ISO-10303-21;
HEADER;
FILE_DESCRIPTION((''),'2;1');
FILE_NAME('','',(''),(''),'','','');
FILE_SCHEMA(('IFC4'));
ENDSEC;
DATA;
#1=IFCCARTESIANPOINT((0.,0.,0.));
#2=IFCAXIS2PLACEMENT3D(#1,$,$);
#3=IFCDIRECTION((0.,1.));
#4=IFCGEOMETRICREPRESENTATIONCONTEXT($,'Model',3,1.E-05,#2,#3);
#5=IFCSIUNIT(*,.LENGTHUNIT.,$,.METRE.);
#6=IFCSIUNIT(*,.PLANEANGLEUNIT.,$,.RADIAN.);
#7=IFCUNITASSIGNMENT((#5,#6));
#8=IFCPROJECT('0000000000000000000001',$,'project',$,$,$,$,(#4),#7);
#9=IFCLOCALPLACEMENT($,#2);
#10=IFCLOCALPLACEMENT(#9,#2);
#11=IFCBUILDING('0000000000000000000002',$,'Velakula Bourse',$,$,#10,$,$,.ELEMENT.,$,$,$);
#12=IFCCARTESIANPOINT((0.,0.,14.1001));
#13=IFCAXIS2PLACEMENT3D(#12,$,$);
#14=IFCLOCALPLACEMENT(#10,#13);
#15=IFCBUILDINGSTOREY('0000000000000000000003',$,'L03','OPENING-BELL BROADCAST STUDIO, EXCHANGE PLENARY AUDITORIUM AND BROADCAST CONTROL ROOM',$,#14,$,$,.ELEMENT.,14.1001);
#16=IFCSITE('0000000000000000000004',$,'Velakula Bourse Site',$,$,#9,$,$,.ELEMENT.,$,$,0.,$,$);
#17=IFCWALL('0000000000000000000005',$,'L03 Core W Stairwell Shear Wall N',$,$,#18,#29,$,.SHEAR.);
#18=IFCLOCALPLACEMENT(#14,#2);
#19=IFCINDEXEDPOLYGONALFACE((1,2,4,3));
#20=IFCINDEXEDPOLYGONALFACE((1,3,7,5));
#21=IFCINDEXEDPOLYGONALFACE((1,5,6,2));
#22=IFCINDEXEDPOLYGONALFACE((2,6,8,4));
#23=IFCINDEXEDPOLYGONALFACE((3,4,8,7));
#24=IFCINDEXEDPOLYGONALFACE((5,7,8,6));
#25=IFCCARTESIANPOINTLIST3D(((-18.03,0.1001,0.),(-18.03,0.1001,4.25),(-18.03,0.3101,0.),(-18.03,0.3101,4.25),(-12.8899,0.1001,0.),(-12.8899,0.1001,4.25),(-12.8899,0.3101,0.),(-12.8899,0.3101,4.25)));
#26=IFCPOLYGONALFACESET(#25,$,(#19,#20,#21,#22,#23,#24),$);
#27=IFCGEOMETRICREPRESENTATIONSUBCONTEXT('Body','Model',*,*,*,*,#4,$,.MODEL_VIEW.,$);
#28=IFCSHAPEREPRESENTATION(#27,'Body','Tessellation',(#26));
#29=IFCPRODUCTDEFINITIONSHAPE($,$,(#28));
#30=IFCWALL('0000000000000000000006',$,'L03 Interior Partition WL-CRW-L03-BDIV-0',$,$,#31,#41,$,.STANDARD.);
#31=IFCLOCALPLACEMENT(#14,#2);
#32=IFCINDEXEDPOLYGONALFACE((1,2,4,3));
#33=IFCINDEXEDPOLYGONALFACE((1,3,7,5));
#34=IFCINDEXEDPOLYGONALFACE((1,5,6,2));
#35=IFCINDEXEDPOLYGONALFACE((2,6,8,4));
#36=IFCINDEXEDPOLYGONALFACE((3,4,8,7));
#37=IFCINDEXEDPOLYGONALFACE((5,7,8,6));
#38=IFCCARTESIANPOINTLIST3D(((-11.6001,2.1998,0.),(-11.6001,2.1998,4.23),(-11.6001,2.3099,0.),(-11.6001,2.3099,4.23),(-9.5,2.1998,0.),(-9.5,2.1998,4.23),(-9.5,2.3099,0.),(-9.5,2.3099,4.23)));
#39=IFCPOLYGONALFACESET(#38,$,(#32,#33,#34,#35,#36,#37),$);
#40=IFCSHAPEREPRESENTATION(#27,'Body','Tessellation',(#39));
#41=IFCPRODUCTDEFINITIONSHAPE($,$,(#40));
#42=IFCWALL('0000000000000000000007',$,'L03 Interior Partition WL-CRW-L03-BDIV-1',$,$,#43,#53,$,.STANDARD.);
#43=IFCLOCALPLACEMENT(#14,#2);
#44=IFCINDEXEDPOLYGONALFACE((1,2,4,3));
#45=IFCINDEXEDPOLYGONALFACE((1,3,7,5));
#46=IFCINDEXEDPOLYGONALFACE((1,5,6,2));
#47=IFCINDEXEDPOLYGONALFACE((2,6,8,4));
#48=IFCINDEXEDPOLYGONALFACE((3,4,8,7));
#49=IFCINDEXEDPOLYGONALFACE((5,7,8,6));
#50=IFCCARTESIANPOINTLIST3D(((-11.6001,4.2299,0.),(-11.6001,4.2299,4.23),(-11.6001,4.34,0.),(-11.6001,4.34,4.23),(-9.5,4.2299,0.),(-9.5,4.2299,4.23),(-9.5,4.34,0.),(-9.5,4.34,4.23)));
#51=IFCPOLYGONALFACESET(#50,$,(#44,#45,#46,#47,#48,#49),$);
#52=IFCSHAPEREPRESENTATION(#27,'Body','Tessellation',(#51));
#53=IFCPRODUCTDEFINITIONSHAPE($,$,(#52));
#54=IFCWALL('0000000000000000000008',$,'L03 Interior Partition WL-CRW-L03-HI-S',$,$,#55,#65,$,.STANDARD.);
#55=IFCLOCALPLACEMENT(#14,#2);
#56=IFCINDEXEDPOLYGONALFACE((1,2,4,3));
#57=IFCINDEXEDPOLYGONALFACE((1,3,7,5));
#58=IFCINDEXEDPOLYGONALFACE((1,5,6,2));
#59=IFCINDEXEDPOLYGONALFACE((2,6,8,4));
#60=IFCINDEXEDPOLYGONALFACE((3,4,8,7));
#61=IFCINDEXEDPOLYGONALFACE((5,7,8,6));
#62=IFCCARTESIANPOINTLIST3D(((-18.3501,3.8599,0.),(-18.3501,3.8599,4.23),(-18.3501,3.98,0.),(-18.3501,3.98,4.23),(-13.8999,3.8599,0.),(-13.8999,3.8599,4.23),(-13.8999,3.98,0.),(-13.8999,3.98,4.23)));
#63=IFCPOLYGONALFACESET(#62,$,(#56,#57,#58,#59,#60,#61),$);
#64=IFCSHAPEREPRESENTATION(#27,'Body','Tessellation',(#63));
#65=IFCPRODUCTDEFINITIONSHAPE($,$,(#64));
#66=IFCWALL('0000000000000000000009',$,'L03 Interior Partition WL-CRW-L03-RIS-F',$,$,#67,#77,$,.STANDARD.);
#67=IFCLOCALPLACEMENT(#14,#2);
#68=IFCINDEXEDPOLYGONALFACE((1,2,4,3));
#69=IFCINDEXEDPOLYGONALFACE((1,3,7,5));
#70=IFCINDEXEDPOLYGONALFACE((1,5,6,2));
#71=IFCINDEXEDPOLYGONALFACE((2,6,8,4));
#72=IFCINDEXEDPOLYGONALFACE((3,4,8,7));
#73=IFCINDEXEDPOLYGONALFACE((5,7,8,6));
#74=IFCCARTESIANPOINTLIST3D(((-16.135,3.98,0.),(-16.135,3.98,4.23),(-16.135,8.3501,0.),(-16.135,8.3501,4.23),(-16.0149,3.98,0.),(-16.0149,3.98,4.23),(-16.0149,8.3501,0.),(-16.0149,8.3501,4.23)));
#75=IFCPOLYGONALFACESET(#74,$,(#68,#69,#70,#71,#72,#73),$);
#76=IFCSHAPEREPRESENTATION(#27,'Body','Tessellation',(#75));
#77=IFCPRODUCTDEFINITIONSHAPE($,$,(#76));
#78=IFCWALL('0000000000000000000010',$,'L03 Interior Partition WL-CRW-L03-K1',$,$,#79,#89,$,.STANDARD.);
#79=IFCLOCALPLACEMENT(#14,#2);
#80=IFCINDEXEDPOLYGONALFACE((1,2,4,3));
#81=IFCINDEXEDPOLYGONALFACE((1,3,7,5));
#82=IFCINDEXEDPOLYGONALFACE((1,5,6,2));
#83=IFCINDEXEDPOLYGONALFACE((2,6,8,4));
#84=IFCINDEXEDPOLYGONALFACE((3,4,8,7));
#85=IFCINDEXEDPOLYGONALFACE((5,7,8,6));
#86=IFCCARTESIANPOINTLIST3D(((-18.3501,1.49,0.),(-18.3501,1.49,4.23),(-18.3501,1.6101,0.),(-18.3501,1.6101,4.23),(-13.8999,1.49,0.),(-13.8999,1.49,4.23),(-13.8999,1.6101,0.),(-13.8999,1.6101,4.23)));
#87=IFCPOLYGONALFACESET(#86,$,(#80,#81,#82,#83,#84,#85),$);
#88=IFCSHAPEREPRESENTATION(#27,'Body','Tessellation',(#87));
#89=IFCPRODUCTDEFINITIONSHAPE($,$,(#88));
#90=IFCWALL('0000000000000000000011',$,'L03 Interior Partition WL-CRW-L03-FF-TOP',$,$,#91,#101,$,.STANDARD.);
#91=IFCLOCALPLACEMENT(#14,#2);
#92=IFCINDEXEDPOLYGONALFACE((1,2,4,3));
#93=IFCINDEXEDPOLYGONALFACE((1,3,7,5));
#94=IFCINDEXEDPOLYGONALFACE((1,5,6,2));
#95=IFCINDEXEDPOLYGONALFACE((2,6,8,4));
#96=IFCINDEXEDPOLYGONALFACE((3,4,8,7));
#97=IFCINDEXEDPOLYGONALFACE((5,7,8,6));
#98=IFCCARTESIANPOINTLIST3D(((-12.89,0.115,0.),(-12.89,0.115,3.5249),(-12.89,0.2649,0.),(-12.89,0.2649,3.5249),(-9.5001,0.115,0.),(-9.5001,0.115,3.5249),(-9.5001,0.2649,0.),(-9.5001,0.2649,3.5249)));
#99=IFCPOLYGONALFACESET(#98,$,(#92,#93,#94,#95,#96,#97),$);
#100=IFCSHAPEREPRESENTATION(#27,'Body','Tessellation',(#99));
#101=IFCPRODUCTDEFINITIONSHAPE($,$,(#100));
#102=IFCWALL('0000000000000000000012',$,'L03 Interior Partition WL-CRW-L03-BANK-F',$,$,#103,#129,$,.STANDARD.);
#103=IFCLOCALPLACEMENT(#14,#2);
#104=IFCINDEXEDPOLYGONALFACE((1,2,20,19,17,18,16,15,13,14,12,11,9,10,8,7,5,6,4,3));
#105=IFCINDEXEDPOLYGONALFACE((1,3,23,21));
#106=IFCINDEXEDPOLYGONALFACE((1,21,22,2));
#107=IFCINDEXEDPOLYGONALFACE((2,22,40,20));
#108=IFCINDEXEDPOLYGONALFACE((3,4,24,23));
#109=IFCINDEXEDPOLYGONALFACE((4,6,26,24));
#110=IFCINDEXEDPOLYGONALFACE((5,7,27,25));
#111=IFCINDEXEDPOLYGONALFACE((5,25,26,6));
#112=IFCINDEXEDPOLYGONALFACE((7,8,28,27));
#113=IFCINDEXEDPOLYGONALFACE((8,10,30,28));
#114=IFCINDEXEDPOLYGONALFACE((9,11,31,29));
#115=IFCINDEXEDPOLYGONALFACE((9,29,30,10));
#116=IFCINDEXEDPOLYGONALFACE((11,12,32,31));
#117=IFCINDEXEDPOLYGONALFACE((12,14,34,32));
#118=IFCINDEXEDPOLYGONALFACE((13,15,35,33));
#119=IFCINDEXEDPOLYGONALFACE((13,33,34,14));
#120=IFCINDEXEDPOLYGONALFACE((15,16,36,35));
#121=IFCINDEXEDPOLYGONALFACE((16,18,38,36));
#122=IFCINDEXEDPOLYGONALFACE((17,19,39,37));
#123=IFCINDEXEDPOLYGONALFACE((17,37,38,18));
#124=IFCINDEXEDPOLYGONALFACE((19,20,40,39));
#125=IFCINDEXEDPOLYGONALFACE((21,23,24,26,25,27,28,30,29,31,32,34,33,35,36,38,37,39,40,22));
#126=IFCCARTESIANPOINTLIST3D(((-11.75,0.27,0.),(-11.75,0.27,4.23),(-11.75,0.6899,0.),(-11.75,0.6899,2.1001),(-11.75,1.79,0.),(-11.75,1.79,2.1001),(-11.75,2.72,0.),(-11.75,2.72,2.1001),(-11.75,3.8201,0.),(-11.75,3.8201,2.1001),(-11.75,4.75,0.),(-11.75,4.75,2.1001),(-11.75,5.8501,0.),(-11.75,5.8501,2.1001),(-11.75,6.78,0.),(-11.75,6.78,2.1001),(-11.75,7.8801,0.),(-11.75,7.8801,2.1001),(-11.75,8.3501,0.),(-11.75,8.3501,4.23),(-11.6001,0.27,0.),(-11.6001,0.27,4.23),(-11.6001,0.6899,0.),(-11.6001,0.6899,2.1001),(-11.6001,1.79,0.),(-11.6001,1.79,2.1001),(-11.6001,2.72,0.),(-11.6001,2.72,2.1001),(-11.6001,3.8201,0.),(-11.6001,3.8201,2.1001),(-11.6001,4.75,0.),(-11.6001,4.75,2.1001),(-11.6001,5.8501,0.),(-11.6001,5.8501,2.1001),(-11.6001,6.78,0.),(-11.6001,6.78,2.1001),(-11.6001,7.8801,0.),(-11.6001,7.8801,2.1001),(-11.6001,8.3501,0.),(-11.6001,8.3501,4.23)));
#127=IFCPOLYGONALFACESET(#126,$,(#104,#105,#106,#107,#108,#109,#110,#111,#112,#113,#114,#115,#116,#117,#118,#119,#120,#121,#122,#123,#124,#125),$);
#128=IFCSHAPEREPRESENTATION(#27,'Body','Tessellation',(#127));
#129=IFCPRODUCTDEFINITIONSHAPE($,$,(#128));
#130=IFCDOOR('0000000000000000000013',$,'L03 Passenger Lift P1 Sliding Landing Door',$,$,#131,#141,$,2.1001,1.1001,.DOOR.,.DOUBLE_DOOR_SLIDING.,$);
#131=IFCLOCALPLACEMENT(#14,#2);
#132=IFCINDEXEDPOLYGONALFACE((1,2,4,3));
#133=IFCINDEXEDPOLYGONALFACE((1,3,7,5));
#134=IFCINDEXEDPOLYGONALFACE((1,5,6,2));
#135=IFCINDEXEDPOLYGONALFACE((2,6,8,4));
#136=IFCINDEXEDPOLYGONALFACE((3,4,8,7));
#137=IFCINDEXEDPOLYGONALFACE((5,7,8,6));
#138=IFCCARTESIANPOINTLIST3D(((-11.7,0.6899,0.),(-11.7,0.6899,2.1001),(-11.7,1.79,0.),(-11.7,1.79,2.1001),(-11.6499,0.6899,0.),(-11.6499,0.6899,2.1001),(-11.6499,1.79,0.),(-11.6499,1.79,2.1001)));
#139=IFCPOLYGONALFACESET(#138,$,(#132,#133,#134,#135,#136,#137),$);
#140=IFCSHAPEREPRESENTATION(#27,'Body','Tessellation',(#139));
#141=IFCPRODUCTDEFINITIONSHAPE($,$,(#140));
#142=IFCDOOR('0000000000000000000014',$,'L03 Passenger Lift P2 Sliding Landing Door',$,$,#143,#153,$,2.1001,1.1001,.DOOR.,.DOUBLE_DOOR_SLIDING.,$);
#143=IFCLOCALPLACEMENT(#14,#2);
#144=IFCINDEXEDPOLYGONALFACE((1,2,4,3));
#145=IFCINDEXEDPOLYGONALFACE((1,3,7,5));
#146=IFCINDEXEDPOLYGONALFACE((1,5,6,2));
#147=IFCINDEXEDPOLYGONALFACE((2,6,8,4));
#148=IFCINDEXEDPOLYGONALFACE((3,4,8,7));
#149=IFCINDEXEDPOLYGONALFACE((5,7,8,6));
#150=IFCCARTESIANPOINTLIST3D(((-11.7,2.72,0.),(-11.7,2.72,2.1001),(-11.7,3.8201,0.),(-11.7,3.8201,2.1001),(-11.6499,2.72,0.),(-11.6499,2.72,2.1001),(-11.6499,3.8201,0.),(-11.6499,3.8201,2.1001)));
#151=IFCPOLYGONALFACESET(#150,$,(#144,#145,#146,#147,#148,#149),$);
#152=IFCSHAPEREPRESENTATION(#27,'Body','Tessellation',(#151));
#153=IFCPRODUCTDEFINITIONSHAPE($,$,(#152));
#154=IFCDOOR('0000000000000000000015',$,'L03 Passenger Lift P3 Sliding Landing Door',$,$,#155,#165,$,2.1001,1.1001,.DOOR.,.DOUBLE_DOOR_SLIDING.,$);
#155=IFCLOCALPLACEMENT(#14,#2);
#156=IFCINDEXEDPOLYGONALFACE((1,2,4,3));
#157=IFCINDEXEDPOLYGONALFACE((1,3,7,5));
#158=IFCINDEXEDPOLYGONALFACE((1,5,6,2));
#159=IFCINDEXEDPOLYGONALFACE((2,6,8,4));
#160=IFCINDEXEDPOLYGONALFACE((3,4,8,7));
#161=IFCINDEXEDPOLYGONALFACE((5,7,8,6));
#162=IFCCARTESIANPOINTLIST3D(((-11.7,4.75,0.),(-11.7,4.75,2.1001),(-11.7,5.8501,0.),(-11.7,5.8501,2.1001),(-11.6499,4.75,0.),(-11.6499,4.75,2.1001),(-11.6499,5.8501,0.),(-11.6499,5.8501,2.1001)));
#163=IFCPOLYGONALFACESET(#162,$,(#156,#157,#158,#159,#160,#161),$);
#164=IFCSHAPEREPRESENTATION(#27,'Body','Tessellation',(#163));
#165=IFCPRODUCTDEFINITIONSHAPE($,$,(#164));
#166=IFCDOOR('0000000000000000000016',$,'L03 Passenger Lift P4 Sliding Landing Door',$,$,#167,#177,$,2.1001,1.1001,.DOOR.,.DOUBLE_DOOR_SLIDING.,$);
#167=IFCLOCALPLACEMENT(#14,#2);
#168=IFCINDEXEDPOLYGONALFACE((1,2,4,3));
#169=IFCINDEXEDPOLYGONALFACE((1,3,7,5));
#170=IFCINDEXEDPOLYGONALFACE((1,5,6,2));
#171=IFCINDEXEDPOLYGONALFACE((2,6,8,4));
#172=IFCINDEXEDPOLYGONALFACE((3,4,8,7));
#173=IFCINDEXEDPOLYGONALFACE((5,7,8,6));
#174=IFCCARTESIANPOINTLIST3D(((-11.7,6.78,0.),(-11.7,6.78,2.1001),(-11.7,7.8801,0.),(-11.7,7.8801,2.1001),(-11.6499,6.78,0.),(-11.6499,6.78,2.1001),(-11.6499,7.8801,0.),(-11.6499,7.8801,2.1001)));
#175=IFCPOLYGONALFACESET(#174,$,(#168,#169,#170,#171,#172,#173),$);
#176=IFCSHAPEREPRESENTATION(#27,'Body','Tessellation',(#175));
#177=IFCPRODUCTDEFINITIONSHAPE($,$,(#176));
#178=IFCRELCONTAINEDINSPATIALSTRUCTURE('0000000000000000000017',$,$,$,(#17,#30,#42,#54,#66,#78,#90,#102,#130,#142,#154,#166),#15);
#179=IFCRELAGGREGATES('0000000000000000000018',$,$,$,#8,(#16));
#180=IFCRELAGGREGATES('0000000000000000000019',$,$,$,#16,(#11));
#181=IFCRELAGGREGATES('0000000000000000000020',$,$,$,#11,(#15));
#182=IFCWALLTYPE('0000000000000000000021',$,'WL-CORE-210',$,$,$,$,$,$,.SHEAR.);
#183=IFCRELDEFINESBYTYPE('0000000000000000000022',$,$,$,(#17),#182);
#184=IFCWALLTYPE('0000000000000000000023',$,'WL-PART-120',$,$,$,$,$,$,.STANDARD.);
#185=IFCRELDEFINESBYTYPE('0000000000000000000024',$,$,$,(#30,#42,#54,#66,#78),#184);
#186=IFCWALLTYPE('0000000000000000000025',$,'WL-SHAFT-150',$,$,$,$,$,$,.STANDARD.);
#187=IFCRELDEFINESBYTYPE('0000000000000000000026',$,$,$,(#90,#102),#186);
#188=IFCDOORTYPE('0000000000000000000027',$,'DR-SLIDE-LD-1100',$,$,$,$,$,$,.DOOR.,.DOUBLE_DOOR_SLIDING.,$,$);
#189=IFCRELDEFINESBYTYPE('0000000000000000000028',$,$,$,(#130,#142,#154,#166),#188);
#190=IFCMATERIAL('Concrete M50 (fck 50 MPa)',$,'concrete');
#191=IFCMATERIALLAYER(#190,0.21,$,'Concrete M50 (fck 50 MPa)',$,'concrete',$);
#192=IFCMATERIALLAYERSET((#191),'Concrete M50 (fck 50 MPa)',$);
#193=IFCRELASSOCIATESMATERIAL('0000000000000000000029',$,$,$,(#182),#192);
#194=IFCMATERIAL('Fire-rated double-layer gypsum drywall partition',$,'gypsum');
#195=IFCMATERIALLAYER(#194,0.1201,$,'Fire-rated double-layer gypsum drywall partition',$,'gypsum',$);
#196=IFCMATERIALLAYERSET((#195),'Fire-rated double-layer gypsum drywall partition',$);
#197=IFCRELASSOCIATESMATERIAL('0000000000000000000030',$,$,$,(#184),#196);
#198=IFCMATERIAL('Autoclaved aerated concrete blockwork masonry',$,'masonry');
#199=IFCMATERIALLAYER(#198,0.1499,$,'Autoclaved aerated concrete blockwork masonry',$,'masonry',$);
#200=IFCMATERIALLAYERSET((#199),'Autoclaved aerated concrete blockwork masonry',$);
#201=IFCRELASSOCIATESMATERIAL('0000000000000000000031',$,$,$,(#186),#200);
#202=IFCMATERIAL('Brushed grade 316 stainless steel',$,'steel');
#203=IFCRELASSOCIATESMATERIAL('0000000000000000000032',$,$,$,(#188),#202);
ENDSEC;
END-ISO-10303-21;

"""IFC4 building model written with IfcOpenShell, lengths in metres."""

from ifc_helpers import new_model, si_unit, direction, frame, frame_2d, origin, place, context, subcontext, project, spatial, rectangle, extrude, material, layer, layer_set, type_object, element, fill, save


model = new_model("IFC4")

# Units and contexts
model_context = context("Model", 3, precision=1e-05, world=origin(), true_north=direction((0.0, 1.0)))
body_context = subcontext(model_context, "Body", "Model", "MODEL_VIEW")
ifc_project = project(units=[si_unit("LENGTHUNIT", "METRE"), si_unit("PLANEANGLEUNIT", "RADIAN")], contexts=[model_context])

# Site, building, storey
site_placement = place(None, origin())
site = spatial("IfcSite", under=ifc_project, at=site_placement, Name="Velakula Bourse Site", CompositionType="ELEMENT", RefElevation=0.0)
building_placement = place(site_placement, origin())
building = spatial("IfcBuilding", under=site, at=building_placement, Name="Velakula Bourse", CompositionType="ELEMENT")
storey_placement = place(building_placement, frame((0.0, 0.0, 14.1001)))
storey = spatial("IfcBuildingStorey", under=building, at=storey_placement, Name="L03", Description="OPENING-BELL BROADCAST STUDIO, EXCHANGE PLENARY AUDITORIUM AND BROADCAST CONTROL ROOM", CompositionType="ELEMENT", Elevation=14.1001)

# Shared definitions
ifc_material_1 = material(Name="Concrete M50 (fck 50 MPa)", Category="concrete")

# Walls
ifc_layer_1 = layer(ifc_material_1, 0.21, Name="Concrete M50 (fck 50 MPa)", Category="concrete")
ifc_layer_set_1 = layer_set([ifc_layer_1], Name="Concrete M50 (fck 50 MPa)")
wall_type_1 = type_object("IfcWallType", Name="WL-CORE-210", PredefinedType="SHEAR", material=ifc_layer_set_1)
wall_1_placement = place(storey_placement, frame((-12.8899, 0.2051, 0.0), z_axis=(0.0, 0.0, 1.0), x_axis=(-1.0, 0.0, 0.0)))
element("IfcWall", 1, at=wall_1_placement, inside=storey, type_object=wall_type_1, Name="L03 Core W Stairwell Shear Wall N", PredefinedType="SHEAR", context=body_context, shape_type="SweptSolid", body=[
    extrude(rectangle(XDim=5.1401, YDim=0.21, at=frame_2d((2.5701, 0.0))), origin(), (0.0, 0.0, 1.0), 4.25),
])
ifc_material_2 = material(Name="Fire-rated double-layer gypsum drywall partition", Category="gypsum")
ifc_layer_2 = layer(ifc_material_2, 0.1201, Name="Fire-rated double-layer gypsum drywall partition", Category="gypsum")
ifc_layer_set_2 = layer_set([ifc_layer_2], Name="Fire-rated double-layer gypsum drywall partition")
wall_type_2 = type_object("IfcWallType", Name="WL-PART-120", PredefinedType="STANDARD", material=ifc_layer_set_2)
for number, where, z_axis, x_axis, name in (
    (2, (-11.6001, 2.2549, 0.0), (0.0, 0.0, 1.0), (1.0, 0.0, 0.0), "L03 Interior Partition WL-CRW-L03-BDIV-0"),
    (3, (-11.6001, 4.2849, 0.0), (0.0, 0.0, 1.0), (1.0, 0.0, 0.0), "L03 Interior Partition WL-CRW-L03-BDIV-1"),
):
    element("IfcWall", number, at=place(storey_placement, frame(where, z_axis=z_axis, x_axis=x_axis)), inside=storey, type_object=wall_type_2, Name=name, PredefinedType="STANDARD", context=body_context, shape_type="SweptSolid", body=[
        extrude(rectangle(XDim=2.1001, YDim=0.1101, at=frame_2d((1.05, 0.0))), origin(), (0.0, 0.0, 1.0), 4.23),
    ])
wall_2_placement = place(storey_placement, frame((-18.3501, 3.9199, 0.0), z_axis=(0.0, 0.0, 1.0), x_axis=(1.0, 0.0, 0.0)))
element("IfcWall", 4, at=wall_2_placement, inside=storey, type_object=wall_type_2, Name="L03 Interior Partition WL-CRW-L03-HI-S", PredefinedType="STANDARD", context=body_context, shape_type="SweptSolid", body=[
    extrude(rectangle(XDim=4.4502, YDim=0.1201, at=frame_2d((2.2251, 0.0))), origin(), (0.0, 0.0, 1.0), 4.23),
])
wall_3_placement = place(storey_placement, frame((-16.075, 3.98, 0.0), z_axis=(0.0, 0.0, 1.0), x_axis=(0.0, 1.0, 0.0)))
element("IfcWall", 5, at=wall_3_placement, inside=storey, type_object=wall_type_2, Name="L03 Interior Partition WL-CRW-L03-RIS-F", PredefinedType="STANDARD", context=body_context, shape_type="SweptSolid", body=[
    extrude(rectangle(XDim=4.3701, YDim=0.1201, at=frame_2d((2.1851, 0.0))), origin(), (0.0, 0.0, 1.0), 4.23),
])
wall_4_placement = place(storey_placement, frame((-18.3501, 1.55, 0.0), z_axis=(0.0, 0.0, 1.0), x_axis=(1.0, 0.0, 0.0)))
element("IfcWall", 6, at=wall_4_placement, inside=storey, type_object=wall_type_2, Name="L03 Interior Partition WL-CRW-L03-K1", PredefinedType="STANDARD", context=body_context, shape_type="SweptSolid", body=[
    extrude(rectangle(XDim=4.4502, YDim=0.1201, at=frame_2d((2.2251, 0.0))), origin(), (0.0, 0.0, 1.0), 4.23),
])
ifc_material_3 = material(Name="Autoclaved aerated concrete blockwork masonry", Category="masonry")
ifc_layer_3 = layer(ifc_material_3, 0.1499, Name="Autoclaved aerated concrete blockwork masonry", Category="masonry")
ifc_layer_set_3 = layer_set([ifc_layer_3], Name="Autoclaved aerated concrete blockwork masonry")
wall_type_3 = type_object("IfcWallType", Name="WL-SHAFT-150", PredefinedType="STANDARD", material=ifc_layer_set_3)
wall_5_placement = place(storey_placement, frame((-12.8899, 0.1899, 0.0), z_axis=(0.0, 0.0, 1.0), x_axis=(1.0, 0.0, 0.0)))
element("IfcWall", 7, at=wall_5_placement, inside=storey, type_object=wall_type_3, Name="L03 Interior Partition WL-CRW-L03-FF-TOP", PredefinedType="STANDARD", context=body_context, shape_type="SweptSolid", body=[
    extrude(rectangle(XDim=3.3899, YDim=0.1499, at=frame_2d((1.6948, 0.0))), origin(), (0.0, 0.0, 1.0), 3.5249),
])

# Wall, openings, doors
wall_6_placement = place(storey_placement, frame((-11.675, 0.27, 0.0), z_axis=(0.0, 0.0, 1.0), x_axis=(0.0, 1.0, 0.0)))
wall_6 = element("IfcWall", 8, at=wall_6_placement, inside=storey, type_object=wall_type_3, Name="L03 Interior Partition WL-CRW-L03-BANK-F", PredefinedType="STANDARD", context=body_context, shape_type="SweptSolid", body=[
    extrude(rectangle(XDim=8.0801, YDim=0.1499, at=frame_2d((4.04, 0.0))), origin(), (0.0, 0.0, 1.0), 4.23),
])
opening_1_placement = place(wall_6_placement, frame((0.4199, 0.0, 0.0)))
opening_1 = element("IfcOpeningElement", 9, at=opening_1_placement, cuts=wall_6, PredefinedType="OPENING", context=body_context, shape_type="SweptSolid", body=[
    extrude(rectangle(XDim=1.1001, YDim=2.1001, at=frame_2d((0.55, 1.05))), frame((0.0, 0.085, 0.0), z_axis=(0.0, -1.0, 0.0), x_axis=(1.0, 0.0, 0.0)), (0.0, 0.0, 1.0), 0.1699),
])
opening_2_placement = place(wall_6_placement, frame((2.45, 0.0, 0.0)))
opening_2 = element("IfcOpeningElement", 10, at=opening_2_placement, cuts=wall_6, PredefinedType="OPENING", context=body_context, shape_type="SweptSolid", body=[
    extrude(rectangle(XDim=1.1001, YDim=2.1001, at=frame_2d((0.55, 1.05))), frame((0.0, 0.085, 0.0), z_axis=(0.0, -1.0, 0.0), x_axis=(1.0, 0.0, 0.0)), (0.0, 0.0, 1.0), 0.1699),
])
opening_3_placement = place(wall_6_placement, frame((4.48, 0.0, 0.0)))
opening_3 = element("IfcOpeningElement", 11, at=opening_3_placement, cuts=wall_6, PredefinedType="OPENING", context=body_context, shape_type="SweptSolid", body=[
    extrude(rectangle(XDim=1.1001, YDim=2.1001, at=frame_2d((0.55, 1.05))), frame((0.0, 0.085, 0.0), z_axis=(0.0, -1.0, 0.0), x_axis=(1.0, 0.0, 0.0)), (0.0, 0.0, 1.0), 0.1699),
])
opening_4_placement = place(wall_6_placement, frame((6.51, 0.0, 0.0)))
opening_4 = element("IfcOpeningElement", 12, at=opening_4_placement, cuts=wall_6, PredefinedType="OPENING", context=body_context, shape_type="SweptSolid", body=[
    extrude(rectangle(XDim=1.1001, YDim=2.1001, at=frame_2d((0.55, 1.05))), frame((0.0, 0.085, 0.0), z_axis=(0.0, -1.0, 0.0), x_axis=(1.0, 0.0, 0.0)), (0.0, 0.0, 1.0), 0.1699),
])
ifc_material_4 = material(Name="Brushed grade 316 stainless steel", Category="steel")
door_type_1 = type_object("IfcDoorType", Name="DR-SLIDE-LD-1100", OperationType="DOUBLE_DOOR_SLIDING", PredefinedType="DOOR", material=ifc_material_4)
door_1_placement = place(opening_1_placement, origin())
door_1 = element("IfcDoor", 13, at=door_1_placement, inside=storey, type_object=door_type_1, Name="L03 Passenger Lift P1 Sliding Landing Door", OperationType="DOUBLE_DOOR_SLIDING", OverallHeight=2.1001, OverallWidth=1.1001, PredefinedType="DOOR", context=body_context, shape_type="SweptSolid", body=[
    extrude(rectangle(XDim=1.1001, YDim=2.1001, at=frame_2d((0.55, 1.05))), frame((0.0, 0.0249, 0.0), z_axis=(0.0, -1.0, 0.0), x_axis=(1.0, 0.0, 0.0)), (0.0, 0.0, 1.0), 0.05),
])
fill(opening_1, door_1)
door_2_placement = place(opening_2_placement, origin())
door_2 = element("IfcDoor", 14, at=door_2_placement, inside=storey, type_object=door_type_1, Name="L03 Passenger Lift P2 Sliding Landing Door", OperationType="DOUBLE_DOOR_SLIDING", OverallHeight=2.1001, OverallWidth=1.1001, PredefinedType="DOOR", context=body_context, shape_type="SweptSolid", body=[
    extrude(rectangle(XDim=1.1001, YDim=2.1001, at=frame_2d((0.55, 1.05))), frame((0.0, 0.0249, 0.0), z_axis=(0.0, -1.0, 0.0), x_axis=(1.0, 0.0, 0.0)), (0.0, 0.0, 1.0), 0.05),
])
fill(opening_2, door_2)
door_3_placement = place(opening_3_placement, origin())
door_3 = element("IfcDoor", 15, at=door_3_placement, inside=storey, type_object=door_type_1, Name="L03 Passenger Lift P3 Sliding Landing Door", OperationType="DOUBLE_DOOR_SLIDING", OverallHeight=2.1001, OverallWidth=1.1001, PredefinedType="DOOR", context=body_context, shape_type="SweptSolid", body=[
    extrude(rectangle(XDim=1.1001, YDim=2.1001, at=frame_2d((0.55, 1.05))), frame((0.0, 0.0249, 0.0), z_axis=(0.0, -1.0, 0.0), x_axis=(1.0, 0.0, 0.0)), (0.0, 0.0, 1.0), 0.05),
])
fill(opening_3, door_3)
door_4_placement = place(opening_4_placement, origin())
door_4 = element("IfcDoor", 16, at=door_4_placement, inside=storey, type_object=door_type_1, Name="L03 Passenger Lift P4 Sliding Landing Door", OperationType="DOUBLE_DOOR_SLIDING", OverallHeight=2.1001, OverallWidth=1.1001, PredefinedType="DOOR", context=body_context, shape_type="SweptSolid", body=[
    extrude(rectangle(XDim=1.1001, YDim=2.1001, at=frame_2d((0.55, 1.05))), frame((0.0, 0.0249, 0.0), z_axis=(0.0, -1.0, 0.0), x_axis=(1.0, 0.0, 0.0)), (0.0, 0.0, 1.0), 0.05),
])
fill(opening_4, door_4)

save(model, "model.ifc")
